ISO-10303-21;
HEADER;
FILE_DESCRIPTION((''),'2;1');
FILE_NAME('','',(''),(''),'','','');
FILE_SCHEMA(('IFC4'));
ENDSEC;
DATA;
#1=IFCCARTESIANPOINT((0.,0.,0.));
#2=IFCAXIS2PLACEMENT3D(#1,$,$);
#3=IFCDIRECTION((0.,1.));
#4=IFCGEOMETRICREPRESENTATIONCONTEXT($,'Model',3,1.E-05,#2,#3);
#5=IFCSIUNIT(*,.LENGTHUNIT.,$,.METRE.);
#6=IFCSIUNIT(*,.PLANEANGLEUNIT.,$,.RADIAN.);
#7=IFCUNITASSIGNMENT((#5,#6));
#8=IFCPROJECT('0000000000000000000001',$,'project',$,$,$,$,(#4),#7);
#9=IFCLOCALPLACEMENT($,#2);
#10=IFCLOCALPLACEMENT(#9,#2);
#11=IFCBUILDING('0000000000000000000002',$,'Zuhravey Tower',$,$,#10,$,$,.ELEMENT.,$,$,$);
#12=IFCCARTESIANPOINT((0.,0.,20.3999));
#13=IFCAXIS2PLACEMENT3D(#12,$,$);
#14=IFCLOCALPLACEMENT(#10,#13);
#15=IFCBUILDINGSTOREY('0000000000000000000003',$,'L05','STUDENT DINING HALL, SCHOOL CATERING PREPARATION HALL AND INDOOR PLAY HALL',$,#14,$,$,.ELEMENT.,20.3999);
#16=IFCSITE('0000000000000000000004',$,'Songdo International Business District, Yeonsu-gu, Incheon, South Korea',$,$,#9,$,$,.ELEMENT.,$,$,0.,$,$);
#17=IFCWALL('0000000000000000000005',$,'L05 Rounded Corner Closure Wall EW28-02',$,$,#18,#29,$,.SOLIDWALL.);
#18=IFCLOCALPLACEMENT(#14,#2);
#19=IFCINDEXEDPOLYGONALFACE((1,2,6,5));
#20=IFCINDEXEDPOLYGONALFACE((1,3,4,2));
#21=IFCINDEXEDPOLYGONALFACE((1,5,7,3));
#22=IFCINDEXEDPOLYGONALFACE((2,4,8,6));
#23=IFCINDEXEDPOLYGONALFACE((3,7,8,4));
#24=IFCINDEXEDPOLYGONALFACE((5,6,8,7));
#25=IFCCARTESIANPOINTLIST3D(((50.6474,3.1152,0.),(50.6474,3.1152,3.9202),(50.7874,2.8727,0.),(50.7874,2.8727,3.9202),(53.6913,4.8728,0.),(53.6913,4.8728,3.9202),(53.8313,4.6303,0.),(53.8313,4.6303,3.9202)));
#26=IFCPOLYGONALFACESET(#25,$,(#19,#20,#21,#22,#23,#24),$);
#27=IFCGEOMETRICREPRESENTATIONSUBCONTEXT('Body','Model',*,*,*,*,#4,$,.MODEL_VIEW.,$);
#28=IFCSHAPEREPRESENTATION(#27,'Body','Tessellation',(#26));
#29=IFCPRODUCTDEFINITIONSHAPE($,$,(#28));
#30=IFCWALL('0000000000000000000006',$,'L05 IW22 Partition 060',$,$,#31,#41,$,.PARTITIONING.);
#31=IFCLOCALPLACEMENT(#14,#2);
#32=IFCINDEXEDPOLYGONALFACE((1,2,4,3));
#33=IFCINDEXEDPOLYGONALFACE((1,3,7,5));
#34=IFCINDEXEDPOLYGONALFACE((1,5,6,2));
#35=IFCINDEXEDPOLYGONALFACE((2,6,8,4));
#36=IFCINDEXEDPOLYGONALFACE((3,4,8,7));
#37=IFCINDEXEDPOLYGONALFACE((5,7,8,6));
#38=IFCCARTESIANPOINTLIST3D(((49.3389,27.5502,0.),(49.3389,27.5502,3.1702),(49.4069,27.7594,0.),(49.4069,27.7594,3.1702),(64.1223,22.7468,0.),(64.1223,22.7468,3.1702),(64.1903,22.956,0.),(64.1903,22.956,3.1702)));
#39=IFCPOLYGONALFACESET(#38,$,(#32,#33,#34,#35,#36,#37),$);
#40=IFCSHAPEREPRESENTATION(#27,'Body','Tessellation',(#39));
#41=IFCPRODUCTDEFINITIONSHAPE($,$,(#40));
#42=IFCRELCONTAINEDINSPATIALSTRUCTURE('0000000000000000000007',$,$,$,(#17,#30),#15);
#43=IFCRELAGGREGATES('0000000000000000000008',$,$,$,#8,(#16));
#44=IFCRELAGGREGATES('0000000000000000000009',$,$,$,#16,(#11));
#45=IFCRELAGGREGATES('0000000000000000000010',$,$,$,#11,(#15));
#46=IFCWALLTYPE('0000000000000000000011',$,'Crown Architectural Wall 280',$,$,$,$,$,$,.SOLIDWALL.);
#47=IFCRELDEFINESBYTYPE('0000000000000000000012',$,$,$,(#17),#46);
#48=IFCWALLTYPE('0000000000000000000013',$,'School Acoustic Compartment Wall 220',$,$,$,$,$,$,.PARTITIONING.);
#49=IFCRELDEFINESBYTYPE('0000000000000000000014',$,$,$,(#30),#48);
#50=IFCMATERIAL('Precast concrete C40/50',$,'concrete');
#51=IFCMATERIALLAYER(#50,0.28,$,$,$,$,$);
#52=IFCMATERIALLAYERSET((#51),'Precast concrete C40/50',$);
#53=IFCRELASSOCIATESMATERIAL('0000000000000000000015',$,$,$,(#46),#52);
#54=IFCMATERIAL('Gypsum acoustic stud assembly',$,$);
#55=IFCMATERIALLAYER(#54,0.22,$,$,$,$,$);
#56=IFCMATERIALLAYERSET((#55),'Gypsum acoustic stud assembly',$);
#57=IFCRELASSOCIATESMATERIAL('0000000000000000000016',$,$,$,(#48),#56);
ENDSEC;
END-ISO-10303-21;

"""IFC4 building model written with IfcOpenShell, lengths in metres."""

from ifc_helpers import new_model, si_unit, direction, frame, frame_2d, origin, place, context, subcontext, project, spatial, rectangle, extrude, material, layer, layer_set, type_object, element, save


model = new_model("IFC4")

# Units and contexts
model_context = context("Model", 3, precision=1e-05, world=origin(), true_north=direction((0.0, 1.0)))
body_context = subcontext(model_context, "Body", "Model", "MODEL_VIEW")
ifc_project = project(units=[si_unit("LENGTHUNIT", "METRE"), si_unit("PLANEANGLEUNIT", "RADIAN")], contexts=[model_context])

# Site, building, storey
site_placement = place(None, origin())
site = spatial("IfcSite", under=ifc_project, at=site_placement, Name="Songdo International Business District, Yeonsu-gu, Incheon, South Korea", CompositionType="ELEMENT", RefElevation=0.0)
building_placement = place(site_placement, origin())
building = spatial("IfcBuilding", under=site, at=building_placement, Name="Zuhravey Tower", CompositionType="ELEMENT")
storey_placement = place(building_placement, frame((0.0, 0.0, 20.3999)))
storey = spatial("IfcBuildingStorey", under=building, at=storey_placement, Name="L05", Description="STUDENT DINING HALL, SCHOOL CATERING PREPARATION HALL AND INDOOR PLAY HALL", CompositionType="ELEMENT", Elevation=20.3999)

# Walls
ifc_material_1 = material(Name="Precast concrete C40/50", Category="concrete")
ifc_layer_1 = layer(ifc_material_1, 0.28)
ifc_layer_set_1 = layer_set([ifc_layer_1], Name="Precast concrete C40/50")
wall_type_1 = type_object("IfcWallType", Name="Crown Architectural Wall 280", PredefinedType="SOLIDWALL", material=ifc_layer_set_1)
wall_1_placement = place(storey_placement, frame((53.7612, 4.7515, 0.0), z_axis=(0.0, 0.0, 1.0), x_axis=(-0.866007, -0.500031, 0.0)))
element("IfcWall", 1, at=wall_1_placement, inside=storey, type_object=wall_type_1, Name="L05 Rounded Corner Closure Wall EW28-02", PredefinedType="SOLIDWALL", context=body_context, shape_type="SweptSolid", body=[
    extrude(rectangle(XDim=3.5149, YDim=0.28, at=frame_2d((1.7573, 0.0))), origin(), (0.0, 0.0, 1.0), 3.9202),
])
ifc_material_2 = material(Name="Gypsum acoustic stud assembly")
ifc_layer_2 = layer(ifc_material_2, 0.22)
ifc_layer_set_2 = layer_set([ifc_layer_2], Name="Gypsum acoustic stud assembly")
wall_type_2 = type_object("IfcWallType", Name="School Acoustic Compartment Wall 220", PredefinedType="PARTITIONING", material=ifc_layer_set_2)
wall_2_placement = place(storey_placement, frame((49.373, 27.6548, 0.0), z_axis=(0.0, 0.0, 1.0), x_axis=(0.951056, -0.309019, 0.0)))
element("IfcWall", 2, at=wall_2_placement, inside=storey, type_object=wall_type_2, Name="L05 IW22 Partition 060", PredefinedType="PARTITIONING", context=body_context, shape_type="SweptSolid", body=[
    extrude(rectangle(XDim=15.5442, YDim=0.22, at=frame_2d((7.772, 0.0))), origin(), (0.0, 0.0, 1.0), 3.1702),
])

save(model, "model.ifc")
